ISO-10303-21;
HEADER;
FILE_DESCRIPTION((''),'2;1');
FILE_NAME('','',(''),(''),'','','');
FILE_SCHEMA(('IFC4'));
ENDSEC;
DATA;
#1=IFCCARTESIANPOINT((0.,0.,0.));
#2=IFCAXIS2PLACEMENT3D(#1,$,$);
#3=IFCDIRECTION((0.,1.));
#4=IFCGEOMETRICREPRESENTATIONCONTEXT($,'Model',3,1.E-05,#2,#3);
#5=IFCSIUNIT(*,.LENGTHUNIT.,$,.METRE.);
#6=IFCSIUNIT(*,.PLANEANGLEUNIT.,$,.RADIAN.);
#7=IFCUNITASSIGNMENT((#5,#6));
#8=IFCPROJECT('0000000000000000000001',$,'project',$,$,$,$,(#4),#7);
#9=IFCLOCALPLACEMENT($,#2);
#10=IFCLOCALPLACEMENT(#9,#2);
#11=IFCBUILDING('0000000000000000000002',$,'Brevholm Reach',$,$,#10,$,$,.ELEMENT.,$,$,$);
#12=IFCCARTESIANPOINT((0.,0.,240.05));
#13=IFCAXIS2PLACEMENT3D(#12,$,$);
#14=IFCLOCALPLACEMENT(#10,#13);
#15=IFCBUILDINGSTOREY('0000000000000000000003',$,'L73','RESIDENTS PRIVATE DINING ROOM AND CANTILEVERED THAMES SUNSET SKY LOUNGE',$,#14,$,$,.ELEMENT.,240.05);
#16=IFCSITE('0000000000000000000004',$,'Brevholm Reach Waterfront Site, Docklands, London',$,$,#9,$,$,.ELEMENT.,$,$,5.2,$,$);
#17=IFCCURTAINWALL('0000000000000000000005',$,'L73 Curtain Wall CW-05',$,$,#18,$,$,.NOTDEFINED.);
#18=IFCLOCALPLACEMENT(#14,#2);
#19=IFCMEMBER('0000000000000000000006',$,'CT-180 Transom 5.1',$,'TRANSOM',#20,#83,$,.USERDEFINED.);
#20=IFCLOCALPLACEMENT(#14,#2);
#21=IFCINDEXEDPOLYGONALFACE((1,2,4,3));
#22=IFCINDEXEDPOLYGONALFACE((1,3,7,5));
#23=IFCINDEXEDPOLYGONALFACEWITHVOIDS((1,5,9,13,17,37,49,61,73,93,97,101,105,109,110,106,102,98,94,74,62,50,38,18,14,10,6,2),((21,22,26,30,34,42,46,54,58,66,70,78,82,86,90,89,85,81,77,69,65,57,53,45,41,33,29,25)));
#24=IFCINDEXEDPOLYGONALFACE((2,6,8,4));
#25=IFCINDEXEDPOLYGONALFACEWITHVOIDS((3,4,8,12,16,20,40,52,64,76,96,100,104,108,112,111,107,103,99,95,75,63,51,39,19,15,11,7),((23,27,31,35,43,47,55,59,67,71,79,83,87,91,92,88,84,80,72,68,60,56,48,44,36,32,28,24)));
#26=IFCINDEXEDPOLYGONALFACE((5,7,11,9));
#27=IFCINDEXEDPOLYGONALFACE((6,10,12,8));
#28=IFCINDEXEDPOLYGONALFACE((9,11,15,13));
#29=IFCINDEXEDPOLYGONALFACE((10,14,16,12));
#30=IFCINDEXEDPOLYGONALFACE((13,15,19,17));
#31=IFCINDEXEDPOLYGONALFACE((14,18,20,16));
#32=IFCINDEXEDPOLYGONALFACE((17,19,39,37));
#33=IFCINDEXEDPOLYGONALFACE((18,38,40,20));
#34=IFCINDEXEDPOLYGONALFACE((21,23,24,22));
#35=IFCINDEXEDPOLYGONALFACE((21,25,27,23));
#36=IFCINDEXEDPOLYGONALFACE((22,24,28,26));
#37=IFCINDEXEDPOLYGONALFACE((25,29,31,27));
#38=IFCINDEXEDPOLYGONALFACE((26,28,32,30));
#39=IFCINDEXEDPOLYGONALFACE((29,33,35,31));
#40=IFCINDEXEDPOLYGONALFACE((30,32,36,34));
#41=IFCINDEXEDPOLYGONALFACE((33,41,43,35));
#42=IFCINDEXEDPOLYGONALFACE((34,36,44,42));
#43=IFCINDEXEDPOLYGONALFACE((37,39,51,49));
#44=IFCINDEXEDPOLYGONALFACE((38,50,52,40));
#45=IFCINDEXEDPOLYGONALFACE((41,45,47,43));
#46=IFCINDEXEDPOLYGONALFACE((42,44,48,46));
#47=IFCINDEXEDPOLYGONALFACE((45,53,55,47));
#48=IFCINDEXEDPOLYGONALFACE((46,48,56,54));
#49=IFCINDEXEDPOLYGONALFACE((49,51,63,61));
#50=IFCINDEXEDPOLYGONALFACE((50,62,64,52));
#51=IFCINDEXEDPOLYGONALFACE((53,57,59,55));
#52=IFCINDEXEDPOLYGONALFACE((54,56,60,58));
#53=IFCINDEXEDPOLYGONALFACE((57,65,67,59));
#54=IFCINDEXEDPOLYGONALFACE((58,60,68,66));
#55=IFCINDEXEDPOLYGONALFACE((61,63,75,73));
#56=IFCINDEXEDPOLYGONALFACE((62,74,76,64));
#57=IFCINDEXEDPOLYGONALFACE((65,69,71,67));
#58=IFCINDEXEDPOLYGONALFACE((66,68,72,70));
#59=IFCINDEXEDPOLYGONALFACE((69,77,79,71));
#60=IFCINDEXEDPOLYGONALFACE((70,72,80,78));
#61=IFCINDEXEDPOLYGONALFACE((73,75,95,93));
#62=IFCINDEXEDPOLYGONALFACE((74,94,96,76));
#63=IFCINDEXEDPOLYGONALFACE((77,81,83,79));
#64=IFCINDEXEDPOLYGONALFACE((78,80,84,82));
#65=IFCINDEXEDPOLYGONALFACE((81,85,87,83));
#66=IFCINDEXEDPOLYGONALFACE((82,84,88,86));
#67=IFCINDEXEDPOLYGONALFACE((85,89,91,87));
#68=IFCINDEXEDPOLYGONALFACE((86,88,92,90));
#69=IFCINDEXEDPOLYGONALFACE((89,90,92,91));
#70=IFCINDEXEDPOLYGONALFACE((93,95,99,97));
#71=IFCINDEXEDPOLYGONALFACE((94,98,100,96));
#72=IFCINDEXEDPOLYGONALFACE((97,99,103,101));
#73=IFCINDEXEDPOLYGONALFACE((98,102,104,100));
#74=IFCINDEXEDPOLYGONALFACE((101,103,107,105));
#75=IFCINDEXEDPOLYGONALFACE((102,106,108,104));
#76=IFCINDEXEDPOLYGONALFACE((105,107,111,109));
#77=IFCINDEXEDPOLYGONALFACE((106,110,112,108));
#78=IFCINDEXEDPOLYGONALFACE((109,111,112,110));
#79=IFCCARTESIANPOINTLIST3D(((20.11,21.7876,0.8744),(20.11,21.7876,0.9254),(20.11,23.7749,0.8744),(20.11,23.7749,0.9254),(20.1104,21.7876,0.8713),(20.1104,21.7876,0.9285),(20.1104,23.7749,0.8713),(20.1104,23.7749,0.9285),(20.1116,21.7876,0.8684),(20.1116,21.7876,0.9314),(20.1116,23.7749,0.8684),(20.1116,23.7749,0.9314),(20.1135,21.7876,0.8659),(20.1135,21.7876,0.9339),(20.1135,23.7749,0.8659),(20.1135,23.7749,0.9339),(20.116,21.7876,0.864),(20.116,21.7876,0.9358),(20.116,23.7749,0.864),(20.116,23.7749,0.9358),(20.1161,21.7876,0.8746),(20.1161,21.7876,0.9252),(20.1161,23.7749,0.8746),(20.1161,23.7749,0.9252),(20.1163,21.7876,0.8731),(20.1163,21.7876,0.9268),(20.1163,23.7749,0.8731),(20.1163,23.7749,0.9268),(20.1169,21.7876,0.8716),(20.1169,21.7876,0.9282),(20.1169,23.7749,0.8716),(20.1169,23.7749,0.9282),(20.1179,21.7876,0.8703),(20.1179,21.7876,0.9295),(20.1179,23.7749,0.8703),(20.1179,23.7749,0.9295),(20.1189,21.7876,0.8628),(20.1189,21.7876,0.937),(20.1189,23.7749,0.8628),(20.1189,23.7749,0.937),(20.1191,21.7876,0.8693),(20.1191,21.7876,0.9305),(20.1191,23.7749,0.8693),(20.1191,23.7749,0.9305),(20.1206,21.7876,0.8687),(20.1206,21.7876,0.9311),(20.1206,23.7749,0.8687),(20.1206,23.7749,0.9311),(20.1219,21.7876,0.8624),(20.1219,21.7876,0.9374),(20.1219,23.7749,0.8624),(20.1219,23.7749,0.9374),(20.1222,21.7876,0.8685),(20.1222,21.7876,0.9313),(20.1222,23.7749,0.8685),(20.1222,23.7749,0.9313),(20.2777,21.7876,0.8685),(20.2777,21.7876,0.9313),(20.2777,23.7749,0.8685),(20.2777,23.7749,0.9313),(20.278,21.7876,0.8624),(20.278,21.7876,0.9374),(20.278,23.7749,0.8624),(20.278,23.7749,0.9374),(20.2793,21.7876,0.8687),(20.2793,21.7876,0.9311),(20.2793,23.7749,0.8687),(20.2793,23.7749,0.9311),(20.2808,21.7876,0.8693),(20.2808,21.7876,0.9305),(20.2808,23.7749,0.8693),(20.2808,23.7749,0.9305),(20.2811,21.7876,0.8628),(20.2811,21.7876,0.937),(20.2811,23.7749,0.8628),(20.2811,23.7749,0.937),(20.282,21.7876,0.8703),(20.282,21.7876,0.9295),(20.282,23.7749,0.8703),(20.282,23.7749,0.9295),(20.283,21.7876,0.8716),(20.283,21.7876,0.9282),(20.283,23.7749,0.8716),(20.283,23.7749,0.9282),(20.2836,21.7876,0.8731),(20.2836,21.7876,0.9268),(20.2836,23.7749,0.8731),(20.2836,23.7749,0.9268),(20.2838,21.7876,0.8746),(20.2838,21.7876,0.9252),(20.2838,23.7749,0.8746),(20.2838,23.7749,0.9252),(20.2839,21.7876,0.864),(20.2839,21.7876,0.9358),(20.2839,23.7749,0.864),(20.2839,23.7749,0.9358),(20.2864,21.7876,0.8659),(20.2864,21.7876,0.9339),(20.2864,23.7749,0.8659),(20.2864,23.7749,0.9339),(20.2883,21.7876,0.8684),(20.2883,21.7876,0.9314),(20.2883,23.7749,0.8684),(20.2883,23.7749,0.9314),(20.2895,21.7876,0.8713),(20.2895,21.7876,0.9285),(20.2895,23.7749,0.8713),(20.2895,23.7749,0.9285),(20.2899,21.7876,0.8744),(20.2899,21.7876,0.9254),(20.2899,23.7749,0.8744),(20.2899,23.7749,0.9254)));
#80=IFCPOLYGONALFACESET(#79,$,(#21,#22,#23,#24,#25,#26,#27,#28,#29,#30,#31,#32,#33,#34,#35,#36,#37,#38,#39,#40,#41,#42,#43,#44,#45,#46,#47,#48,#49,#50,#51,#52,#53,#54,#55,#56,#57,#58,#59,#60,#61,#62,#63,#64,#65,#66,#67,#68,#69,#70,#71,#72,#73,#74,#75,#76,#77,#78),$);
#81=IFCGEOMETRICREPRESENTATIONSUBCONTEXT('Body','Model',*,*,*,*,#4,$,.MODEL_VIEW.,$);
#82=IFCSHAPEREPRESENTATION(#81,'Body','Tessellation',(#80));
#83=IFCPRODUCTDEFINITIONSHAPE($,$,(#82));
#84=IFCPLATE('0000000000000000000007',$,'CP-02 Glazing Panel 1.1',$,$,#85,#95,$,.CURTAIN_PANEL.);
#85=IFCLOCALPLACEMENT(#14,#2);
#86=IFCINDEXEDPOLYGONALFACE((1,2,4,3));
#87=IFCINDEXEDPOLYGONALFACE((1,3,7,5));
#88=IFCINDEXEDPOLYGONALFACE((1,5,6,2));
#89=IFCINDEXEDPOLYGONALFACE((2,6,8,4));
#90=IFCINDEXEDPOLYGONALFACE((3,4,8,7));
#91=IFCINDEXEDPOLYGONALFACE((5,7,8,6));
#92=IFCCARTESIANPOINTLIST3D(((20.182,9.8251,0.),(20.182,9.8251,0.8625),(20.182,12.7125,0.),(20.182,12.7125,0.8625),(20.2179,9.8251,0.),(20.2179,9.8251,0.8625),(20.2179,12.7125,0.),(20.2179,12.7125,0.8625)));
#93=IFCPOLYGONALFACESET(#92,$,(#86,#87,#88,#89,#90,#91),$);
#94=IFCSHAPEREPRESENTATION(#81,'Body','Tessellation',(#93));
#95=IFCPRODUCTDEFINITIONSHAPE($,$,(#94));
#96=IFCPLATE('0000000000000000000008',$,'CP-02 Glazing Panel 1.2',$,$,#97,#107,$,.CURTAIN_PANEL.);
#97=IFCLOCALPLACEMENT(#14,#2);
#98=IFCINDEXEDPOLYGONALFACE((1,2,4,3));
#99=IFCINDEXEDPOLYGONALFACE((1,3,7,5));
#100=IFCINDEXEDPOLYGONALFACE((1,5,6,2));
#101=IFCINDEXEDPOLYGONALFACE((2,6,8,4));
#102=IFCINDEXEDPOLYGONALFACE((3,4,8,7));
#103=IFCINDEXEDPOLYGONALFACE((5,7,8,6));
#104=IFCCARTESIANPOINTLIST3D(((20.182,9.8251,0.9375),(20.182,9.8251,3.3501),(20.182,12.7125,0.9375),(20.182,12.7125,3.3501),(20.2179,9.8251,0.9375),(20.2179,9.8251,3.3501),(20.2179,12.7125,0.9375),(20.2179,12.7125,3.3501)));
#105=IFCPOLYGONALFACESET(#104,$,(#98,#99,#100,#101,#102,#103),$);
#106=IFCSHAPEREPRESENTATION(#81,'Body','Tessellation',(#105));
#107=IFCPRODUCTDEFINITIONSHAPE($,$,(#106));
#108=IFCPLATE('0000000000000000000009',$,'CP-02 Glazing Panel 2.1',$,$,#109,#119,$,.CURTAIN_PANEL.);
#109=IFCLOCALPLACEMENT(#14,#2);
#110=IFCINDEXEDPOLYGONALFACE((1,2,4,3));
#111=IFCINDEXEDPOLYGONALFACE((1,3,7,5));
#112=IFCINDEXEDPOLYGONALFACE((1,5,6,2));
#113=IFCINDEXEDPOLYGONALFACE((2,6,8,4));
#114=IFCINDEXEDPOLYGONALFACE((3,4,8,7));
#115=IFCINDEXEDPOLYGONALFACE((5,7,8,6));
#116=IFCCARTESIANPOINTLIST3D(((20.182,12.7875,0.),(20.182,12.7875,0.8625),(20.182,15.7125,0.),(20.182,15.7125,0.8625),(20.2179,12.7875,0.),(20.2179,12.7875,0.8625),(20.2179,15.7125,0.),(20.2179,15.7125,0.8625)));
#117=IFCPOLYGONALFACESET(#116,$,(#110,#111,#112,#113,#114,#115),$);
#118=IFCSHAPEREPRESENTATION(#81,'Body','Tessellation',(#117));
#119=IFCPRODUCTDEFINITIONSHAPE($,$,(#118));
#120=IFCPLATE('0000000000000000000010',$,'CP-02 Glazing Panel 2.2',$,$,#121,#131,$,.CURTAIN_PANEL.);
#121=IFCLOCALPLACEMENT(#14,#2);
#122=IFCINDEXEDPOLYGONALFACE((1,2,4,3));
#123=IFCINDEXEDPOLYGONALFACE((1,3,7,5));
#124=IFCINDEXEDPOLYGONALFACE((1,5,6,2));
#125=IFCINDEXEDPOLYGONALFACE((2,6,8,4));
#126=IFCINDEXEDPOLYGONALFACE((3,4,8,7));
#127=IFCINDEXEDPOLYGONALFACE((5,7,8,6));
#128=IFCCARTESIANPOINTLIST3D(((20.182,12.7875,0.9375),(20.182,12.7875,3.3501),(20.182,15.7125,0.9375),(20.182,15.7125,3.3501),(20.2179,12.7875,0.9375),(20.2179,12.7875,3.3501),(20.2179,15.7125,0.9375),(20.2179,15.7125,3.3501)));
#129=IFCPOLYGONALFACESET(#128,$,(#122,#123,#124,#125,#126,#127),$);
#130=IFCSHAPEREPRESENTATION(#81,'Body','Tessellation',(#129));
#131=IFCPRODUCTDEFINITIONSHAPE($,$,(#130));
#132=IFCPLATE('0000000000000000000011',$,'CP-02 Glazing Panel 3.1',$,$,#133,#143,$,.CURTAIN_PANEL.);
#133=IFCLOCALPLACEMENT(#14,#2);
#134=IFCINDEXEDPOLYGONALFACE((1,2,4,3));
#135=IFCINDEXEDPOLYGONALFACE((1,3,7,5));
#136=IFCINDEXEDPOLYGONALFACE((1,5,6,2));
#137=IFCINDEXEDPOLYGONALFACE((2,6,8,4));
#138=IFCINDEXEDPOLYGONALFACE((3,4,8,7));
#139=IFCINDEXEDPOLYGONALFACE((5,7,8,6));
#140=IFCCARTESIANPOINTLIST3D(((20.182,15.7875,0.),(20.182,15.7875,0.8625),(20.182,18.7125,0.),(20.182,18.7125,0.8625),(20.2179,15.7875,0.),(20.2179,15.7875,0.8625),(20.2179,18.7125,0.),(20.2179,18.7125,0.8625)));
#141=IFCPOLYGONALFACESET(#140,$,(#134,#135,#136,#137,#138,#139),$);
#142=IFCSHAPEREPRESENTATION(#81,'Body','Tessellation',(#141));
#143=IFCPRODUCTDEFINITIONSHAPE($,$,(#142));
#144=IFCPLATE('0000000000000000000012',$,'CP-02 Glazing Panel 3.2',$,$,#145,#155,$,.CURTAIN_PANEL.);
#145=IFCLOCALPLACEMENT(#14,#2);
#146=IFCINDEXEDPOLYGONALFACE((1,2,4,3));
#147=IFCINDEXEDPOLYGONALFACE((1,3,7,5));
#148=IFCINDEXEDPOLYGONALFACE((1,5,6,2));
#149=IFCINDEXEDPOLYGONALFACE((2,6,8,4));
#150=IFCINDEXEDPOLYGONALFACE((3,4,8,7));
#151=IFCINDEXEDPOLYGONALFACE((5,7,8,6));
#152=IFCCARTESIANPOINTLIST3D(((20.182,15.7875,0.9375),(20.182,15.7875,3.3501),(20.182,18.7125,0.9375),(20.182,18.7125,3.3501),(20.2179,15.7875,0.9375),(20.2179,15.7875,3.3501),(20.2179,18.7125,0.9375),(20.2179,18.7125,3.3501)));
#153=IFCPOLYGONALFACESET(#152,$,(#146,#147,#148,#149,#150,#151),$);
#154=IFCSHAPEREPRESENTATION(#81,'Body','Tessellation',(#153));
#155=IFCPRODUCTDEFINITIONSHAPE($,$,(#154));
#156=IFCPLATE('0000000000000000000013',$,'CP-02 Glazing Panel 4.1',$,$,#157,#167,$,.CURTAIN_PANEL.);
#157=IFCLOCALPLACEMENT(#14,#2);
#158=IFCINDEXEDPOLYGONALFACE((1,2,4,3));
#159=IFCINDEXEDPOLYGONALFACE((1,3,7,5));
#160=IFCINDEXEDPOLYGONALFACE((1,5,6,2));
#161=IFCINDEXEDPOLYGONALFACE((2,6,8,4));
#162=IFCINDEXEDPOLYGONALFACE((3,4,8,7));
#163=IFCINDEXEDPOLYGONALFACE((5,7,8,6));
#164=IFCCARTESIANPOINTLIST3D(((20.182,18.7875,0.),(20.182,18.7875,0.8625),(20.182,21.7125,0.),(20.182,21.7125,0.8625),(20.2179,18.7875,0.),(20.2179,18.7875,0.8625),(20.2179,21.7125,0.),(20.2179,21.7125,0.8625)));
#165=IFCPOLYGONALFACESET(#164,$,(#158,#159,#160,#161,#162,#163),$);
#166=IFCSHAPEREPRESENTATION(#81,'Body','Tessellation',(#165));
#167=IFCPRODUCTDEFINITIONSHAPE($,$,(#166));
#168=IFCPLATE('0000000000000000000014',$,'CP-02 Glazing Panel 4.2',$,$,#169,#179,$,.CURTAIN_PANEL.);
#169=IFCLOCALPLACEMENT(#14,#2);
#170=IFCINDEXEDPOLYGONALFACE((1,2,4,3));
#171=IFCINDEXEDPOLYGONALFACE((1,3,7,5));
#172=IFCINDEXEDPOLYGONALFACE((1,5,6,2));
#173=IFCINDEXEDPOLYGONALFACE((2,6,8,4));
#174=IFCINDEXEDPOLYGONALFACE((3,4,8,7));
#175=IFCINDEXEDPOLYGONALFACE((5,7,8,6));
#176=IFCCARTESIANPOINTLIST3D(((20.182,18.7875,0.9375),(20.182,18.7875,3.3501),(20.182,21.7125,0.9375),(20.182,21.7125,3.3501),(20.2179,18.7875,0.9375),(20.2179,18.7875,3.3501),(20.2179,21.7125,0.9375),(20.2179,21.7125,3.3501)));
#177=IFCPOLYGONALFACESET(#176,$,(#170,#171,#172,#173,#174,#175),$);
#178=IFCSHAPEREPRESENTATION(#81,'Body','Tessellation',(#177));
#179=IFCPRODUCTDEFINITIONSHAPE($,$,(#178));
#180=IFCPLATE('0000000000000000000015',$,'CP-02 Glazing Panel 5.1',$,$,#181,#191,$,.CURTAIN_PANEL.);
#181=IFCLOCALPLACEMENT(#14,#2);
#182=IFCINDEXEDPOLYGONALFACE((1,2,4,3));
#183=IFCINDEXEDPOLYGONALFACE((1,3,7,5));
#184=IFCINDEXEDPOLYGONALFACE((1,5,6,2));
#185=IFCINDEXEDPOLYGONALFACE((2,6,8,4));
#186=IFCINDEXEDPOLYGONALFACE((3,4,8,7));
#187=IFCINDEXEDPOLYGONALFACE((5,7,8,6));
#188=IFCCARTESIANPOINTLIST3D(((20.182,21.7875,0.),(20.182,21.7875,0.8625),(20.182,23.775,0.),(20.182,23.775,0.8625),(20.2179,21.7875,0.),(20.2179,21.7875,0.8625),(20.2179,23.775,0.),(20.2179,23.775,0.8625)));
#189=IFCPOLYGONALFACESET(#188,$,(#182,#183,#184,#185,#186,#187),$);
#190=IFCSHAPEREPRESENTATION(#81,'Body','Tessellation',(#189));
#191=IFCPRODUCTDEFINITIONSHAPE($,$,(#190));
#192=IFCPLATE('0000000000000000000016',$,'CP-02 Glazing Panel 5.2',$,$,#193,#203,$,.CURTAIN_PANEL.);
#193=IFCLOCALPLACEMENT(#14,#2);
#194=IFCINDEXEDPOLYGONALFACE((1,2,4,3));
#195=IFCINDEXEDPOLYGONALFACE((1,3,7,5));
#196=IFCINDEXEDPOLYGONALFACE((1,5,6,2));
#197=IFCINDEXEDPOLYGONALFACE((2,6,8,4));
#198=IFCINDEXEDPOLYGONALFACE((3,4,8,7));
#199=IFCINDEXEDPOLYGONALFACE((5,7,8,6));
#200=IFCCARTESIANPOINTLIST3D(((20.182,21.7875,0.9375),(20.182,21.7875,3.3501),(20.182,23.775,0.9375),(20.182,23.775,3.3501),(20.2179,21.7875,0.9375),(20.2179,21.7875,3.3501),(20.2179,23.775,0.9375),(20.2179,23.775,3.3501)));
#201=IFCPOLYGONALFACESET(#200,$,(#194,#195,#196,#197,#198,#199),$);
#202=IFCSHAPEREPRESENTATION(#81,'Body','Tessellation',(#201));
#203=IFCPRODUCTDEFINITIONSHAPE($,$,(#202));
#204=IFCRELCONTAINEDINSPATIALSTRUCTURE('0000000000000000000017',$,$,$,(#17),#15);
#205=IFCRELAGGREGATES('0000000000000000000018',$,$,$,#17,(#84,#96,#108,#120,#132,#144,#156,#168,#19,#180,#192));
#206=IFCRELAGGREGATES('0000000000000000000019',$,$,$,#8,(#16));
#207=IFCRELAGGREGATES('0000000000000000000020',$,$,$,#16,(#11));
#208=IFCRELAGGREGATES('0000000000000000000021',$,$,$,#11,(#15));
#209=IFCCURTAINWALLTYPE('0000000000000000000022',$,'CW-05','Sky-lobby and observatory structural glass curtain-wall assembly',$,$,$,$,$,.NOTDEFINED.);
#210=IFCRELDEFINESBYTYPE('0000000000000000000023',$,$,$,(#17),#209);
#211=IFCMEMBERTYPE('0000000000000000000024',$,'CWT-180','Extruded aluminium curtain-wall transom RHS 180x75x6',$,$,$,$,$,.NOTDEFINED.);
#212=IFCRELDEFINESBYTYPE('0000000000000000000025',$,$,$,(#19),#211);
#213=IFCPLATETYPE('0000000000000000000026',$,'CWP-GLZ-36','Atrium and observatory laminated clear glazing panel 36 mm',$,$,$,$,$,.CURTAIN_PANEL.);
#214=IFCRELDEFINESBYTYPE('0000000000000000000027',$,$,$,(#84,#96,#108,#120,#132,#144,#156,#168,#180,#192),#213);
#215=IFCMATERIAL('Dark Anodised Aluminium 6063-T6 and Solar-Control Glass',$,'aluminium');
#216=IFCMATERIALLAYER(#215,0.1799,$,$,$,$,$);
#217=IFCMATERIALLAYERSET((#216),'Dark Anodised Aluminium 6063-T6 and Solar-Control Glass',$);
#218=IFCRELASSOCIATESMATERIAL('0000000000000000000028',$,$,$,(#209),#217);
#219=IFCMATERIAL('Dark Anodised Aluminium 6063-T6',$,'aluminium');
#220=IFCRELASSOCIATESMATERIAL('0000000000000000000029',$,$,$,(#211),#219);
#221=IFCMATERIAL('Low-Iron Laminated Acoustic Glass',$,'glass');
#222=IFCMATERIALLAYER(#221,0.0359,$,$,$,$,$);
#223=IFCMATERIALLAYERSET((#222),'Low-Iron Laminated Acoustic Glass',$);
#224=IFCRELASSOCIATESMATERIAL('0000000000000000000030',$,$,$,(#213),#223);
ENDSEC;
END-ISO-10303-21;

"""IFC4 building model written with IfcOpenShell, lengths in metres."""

from ifc_helpers import new_model, si_unit, direction, frame, origin, origin_2d, place, context, subcontext, project, spatial, rectangle, hollow_rectangle, extrude, material, layer, layer_set, material_profile, profile_set, type_object, element, aggregate, save


model = new_model("IFC4")

# Units and contexts
model_context = context("Model", 3, precision=1e-05, world=origin(), true_north=direction((0.0, 1.0)))
body_context = subcontext(model_context, "Body", "Model", "MODEL_VIEW")
ifc_project = project(units=[si_unit("LENGTHUNIT", "METRE"), si_unit("PLANEANGLEUNIT", "RADIAN")], contexts=[model_context])

# Site, building, storey
site_placement = place(None, origin())
site = spatial("IfcSite", under=ifc_project, at=site_placement, Name="Brevholm Reach Waterfront Site, Docklands, London", CompositionType="ELEMENT", RefElevation=5.2)
building_placement = place(site_placement, origin())
building = spatial("IfcBuilding", under=site, at=building_placement, Name="Brevholm Reach", CompositionType="ELEMENT")
storey_placement = place(building_placement, frame((0.0, 0.0, 240.05)))
storey = spatial("IfcBuildingStorey", under=building, at=storey_placement, Name="L73", Description="RESIDENTS PRIVATE DINING ROOM AND CANTILEVERED THAMES SUNSET SKY LOUNGE", CompositionType="ELEMENT", Elevation=240.05)

# Curtain wall, member, plates
ifc_material_1 = material(Name="Dark Anodised Aluminium 6063-T6 and Solar-Control Glass", Category="aluminium")
ifc_layer_1 = layer(ifc_material_1, 0.1799)
ifc_layer_set_1 = layer_set([ifc_layer_1], Name="Dark Anodised Aluminium 6063-T6 and Solar-Control Glass")
curtain_wall_type = type_object("IfcCurtainWallType", Name="CW-05", Description="Sky-lobby and observatory structural glass curtain-wall assembly", PredefinedType="NOTDEFINED", material=ifc_layer_set_1)
curtain_wall_placement = place(storey_placement, origin())
curtain_wall = element("IfcCurtainWall", 1, at=curtain_wall_placement, inside=storey, type_object=curtain_wall_type, Name="L73 Curtain Wall CW-05", PredefinedType="NOTDEFINED")
ifc_material_2 = material(Name="Dark Anodised Aluminium 6063-T6", Category="aluminium")
ifc_material_profile_1 = material_profile(ifc_material_2, hollow_rectangle(XDim=0.075, YDim=0.1799, WallThickness=0.0061, InnerFilletRadius=0.0061, OuterFilletRadius=0.012, at=origin_2d()), Name="RHS 180x75x6")
ifc_profile_set_1 = profile_set([ifc_material_profile_1], Name="Dark Anodised Aluminium 6063-T6")
member_type_1 = type_object("IfcMemberType", Name="CWT-180", Description="Extruded aluminium curtain-wall transom RHS 180x75x6", PredefinedType="NOTDEFINED", material=ifc_profile_set_1)
member_1_placement = place(storey_placement, frame((20.2, 21.7876, 0.8999), z_axis=(0.0, 1.0, 0.0), x_axis=(0.0, 0.0, 1.0)))
member_1 = element("IfcMember", 2, at=member_1_placement, type_object=member_type_1, Name="CT-180 Transom 5.1", ObjectType="TRANSOM", PredefinedType="USERDEFINED", context=body_context, shape_type="SweptSolid", body=[
    extrude(hollow_rectangle(XDim=0.075, YDim=0.1799, WallThickness=0.0061, InnerFilletRadius=0.0061, OuterFilletRadius=0.012, at=origin_2d()), origin(), (0.0, 0.0, 1.0), 1.9873),
])
ifc_material_3 = material(Name="Low-Iron Laminated Acoustic Glass", Category="glass")
ifc_layer_2 = layer(ifc_material_3, 0.0359)
ifc_layer_set_2 = layer_set([ifc_layer_2], Name="Low-Iron Laminated Acoustic Glass")
plate_type = type_object("IfcPlateType", Name="CWP-GLZ-36", Description="Atrium and observatory laminated clear glazing panel 36 mm", PredefinedType="CURTAIN_PANEL", material=ifc_layer_set_2)
plate_1_placement = place(storey_placement, frame((20.2, 11.2688, 0.0), z_axis=(0.0, 0.0, 1.0), x_axis=(0.0, 1.0, 0.0)))
plate_1 = element("IfcPlate", 3, at=plate_1_placement, type_object=plate_type, Name="CP-02 Glazing Panel 1.1", PredefinedType="CURTAIN_PANEL", context=body_context, shape_type="SweptSolid", body=[
    extrude(rectangle(XDim=2.8875, YDim=0.0359, at=origin_2d()), origin(), (0.0, 0.0, 1.0), 0.8625),
])
plate_2_placement = place(storey_placement, frame((20.2, 11.2688, 0.9375), z_axis=(0.0, 0.0, 1.0), x_axis=(0.0, 1.0, 0.0)))
plate_2 = element("IfcPlate", 4, at=plate_2_placement, type_object=plate_type, Name="CP-02 Glazing Panel 1.2", PredefinedType="CURTAIN_PANEL", context=body_context, shape_type="SweptSolid", body=[
    extrude(rectangle(XDim=2.8875, YDim=0.0359, at=origin_2d()), origin(), (0.0, 0.0, 1.0), 2.4126),
])
plate_3_placement = place(storey_placement, frame((20.2, 14.25, 0.0), z_axis=(0.0, 0.0, 1.0), x_axis=(0.0, 1.0, 0.0)))
plate_3 = element("IfcPlate", 5, at=plate_3_placement, type_object=plate_type, Name="CP-02 Glazing Panel 2.1", PredefinedType="CURTAIN_PANEL", context=body_context, shape_type="SweptSolid", body=[
    extrude(rectangle(XDim=2.925, YDim=0.0359, at=origin_2d()), origin(), (0.0, 0.0, 1.0), 0.8625),
])
plate_4_placement = place(storey_placement, frame((20.2, 14.25, 0.9375), z_axis=(0.0, 0.0, 1.0), x_axis=(0.0, 1.0, 0.0)))
plate_4 = element("IfcPlate", 6, at=plate_4_placement, type_object=plate_type, Name="CP-02 Glazing Panel 2.2", PredefinedType="CURTAIN_PANEL", context=body_context, shape_type="SweptSolid", body=[
    extrude(rectangle(XDim=2.925, YDim=0.0359, at=origin_2d()), origin(), (0.0, 0.0, 1.0), 2.4126),
])
plate_5_placement = place(storey_placement, frame((20.2, 17.25, 0.0), z_axis=(0.0, 0.0, 1.0), x_axis=(0.0, 1.0, 0.0)))
plate_5 = element("IfcPlate", 7, at=plate_5_placement, type_object=plate_type, Name="CP-02 Glazing Panel 3.1", PredefinedType="CURTAIN_PANEL", context=body_context, shape_type="SweptSolid", body=[
    extrude(rectangle(XDim=2.925, YDim=0.0359, at=origin_2d()), origin(), (0.0, 0.0, 1.0), 0.8625),
])
plate_6_placement = place(storey_placement, frame((20.2, 17.25, 0.9375), z_axis=(0.0, 0.0, 1.0), x_axis=(0.0, 1.0, 0.0)))
plate_6 = element("IfcPlate", 8, at=plate_6_placement, type_object=plate_type, Name="CP-02 Glazing Panel 3.2", PredefinedType="CURTAIN_PANEL", context=body_context, shape_type="SweptSolid", body=[
    extrude(rectangle(XDim=2.925, YDim=0.0359, at=origin_2d()), origin(), (0.0, 0.0, 1.0), 2.4126),
])
plate_7_placement = place(storey_placement, frame((20.2, 20.25, 0.0), z_axis=(0.0, 0.0, 1.0), x_axis=(0.0, 1.0, 0.0)))
plate_7 = element("IfcPlate", 9, at=plate_7_placement, type_object=plate_type, Name="CP-02 Glazing Panel 4.1", PredefinedType="CURTAIN_PANEL", context=body_context, shape_type="SweptSolid", body=[
    extrude(rectangle(XDim=2.925, YDim=0.0359, at=origin_2d()), origin(), (0.0, 0.0, 1.0), 0.8625),
])
plate_8_placement = place(storey_placement, frame((20.2, 20.25, 0.9375), z_axis=(0.0, 0.0, 1.0), x_axis=(0.0, 1.0, 0.0)))
plate_8 = element("IfcPlate", 10, at=plate_8_placement, type_object=plate_type, Name="CP-02 Glazing Panel 4.2", PredefinedType="CURTAIN_PANEL", context=body_context, shape_type="SweptSolid", body=[
    extrude(rectangle(XDim=2.925, YDim=0.0359, at=origin_2d()), origin(), (0.0, 0.0, 1.0), 2.4126),
])
plate_9_placement = place(storey_placement, frame((20.2, 22.7812, 0.0), z_axis=(0.0, 0.0, 1.0), x_axis=(0.0, 1.0, 0.0)))
plate_9 = element("IfcPlate", 11, at=plate_9_placement, type_object=plate_type, Name="CP-02 Glazing Panel 5.1", PredefinedType="CURTAIN_PANEL", context=body_context, shape_type="SweptSolid", body=[
    extrude(rectangle(XDim=1.9875, YDim=0.0359, at=origin_2d()), origin(), (0.0, 0.0, 1.0), 0.8625),
])
plate_10_placement = place(storey_placement, frame((20.2, 22.7812, 0.9375), z_axis=(0.0, 0.0, 1.0), x_axis=(0.0, 1.0, 0.0)))
plate_10 = element("IfcPlate", 12, at=plate_10_placement, type_object=plate_type, Name="CP-02 Glazing Panel 5.2", PredefinedType="CURTAIN_PANEL", context=body_context, shape_type="SweptSolid", body=[
    extrude(rectangle(XDim=1.9875, YDim=0.0359, at=origin_2d()), origin(), (0.0, 0.0, 1.0), 2.4126),
])
aggregate(curtain_wall, [plate_1, plate_2, plate_3, plate_4, plate_5, plate_6, plate_7, plate_8, member_1, plate_9, plate_10])

save(model, "model.ifc")
